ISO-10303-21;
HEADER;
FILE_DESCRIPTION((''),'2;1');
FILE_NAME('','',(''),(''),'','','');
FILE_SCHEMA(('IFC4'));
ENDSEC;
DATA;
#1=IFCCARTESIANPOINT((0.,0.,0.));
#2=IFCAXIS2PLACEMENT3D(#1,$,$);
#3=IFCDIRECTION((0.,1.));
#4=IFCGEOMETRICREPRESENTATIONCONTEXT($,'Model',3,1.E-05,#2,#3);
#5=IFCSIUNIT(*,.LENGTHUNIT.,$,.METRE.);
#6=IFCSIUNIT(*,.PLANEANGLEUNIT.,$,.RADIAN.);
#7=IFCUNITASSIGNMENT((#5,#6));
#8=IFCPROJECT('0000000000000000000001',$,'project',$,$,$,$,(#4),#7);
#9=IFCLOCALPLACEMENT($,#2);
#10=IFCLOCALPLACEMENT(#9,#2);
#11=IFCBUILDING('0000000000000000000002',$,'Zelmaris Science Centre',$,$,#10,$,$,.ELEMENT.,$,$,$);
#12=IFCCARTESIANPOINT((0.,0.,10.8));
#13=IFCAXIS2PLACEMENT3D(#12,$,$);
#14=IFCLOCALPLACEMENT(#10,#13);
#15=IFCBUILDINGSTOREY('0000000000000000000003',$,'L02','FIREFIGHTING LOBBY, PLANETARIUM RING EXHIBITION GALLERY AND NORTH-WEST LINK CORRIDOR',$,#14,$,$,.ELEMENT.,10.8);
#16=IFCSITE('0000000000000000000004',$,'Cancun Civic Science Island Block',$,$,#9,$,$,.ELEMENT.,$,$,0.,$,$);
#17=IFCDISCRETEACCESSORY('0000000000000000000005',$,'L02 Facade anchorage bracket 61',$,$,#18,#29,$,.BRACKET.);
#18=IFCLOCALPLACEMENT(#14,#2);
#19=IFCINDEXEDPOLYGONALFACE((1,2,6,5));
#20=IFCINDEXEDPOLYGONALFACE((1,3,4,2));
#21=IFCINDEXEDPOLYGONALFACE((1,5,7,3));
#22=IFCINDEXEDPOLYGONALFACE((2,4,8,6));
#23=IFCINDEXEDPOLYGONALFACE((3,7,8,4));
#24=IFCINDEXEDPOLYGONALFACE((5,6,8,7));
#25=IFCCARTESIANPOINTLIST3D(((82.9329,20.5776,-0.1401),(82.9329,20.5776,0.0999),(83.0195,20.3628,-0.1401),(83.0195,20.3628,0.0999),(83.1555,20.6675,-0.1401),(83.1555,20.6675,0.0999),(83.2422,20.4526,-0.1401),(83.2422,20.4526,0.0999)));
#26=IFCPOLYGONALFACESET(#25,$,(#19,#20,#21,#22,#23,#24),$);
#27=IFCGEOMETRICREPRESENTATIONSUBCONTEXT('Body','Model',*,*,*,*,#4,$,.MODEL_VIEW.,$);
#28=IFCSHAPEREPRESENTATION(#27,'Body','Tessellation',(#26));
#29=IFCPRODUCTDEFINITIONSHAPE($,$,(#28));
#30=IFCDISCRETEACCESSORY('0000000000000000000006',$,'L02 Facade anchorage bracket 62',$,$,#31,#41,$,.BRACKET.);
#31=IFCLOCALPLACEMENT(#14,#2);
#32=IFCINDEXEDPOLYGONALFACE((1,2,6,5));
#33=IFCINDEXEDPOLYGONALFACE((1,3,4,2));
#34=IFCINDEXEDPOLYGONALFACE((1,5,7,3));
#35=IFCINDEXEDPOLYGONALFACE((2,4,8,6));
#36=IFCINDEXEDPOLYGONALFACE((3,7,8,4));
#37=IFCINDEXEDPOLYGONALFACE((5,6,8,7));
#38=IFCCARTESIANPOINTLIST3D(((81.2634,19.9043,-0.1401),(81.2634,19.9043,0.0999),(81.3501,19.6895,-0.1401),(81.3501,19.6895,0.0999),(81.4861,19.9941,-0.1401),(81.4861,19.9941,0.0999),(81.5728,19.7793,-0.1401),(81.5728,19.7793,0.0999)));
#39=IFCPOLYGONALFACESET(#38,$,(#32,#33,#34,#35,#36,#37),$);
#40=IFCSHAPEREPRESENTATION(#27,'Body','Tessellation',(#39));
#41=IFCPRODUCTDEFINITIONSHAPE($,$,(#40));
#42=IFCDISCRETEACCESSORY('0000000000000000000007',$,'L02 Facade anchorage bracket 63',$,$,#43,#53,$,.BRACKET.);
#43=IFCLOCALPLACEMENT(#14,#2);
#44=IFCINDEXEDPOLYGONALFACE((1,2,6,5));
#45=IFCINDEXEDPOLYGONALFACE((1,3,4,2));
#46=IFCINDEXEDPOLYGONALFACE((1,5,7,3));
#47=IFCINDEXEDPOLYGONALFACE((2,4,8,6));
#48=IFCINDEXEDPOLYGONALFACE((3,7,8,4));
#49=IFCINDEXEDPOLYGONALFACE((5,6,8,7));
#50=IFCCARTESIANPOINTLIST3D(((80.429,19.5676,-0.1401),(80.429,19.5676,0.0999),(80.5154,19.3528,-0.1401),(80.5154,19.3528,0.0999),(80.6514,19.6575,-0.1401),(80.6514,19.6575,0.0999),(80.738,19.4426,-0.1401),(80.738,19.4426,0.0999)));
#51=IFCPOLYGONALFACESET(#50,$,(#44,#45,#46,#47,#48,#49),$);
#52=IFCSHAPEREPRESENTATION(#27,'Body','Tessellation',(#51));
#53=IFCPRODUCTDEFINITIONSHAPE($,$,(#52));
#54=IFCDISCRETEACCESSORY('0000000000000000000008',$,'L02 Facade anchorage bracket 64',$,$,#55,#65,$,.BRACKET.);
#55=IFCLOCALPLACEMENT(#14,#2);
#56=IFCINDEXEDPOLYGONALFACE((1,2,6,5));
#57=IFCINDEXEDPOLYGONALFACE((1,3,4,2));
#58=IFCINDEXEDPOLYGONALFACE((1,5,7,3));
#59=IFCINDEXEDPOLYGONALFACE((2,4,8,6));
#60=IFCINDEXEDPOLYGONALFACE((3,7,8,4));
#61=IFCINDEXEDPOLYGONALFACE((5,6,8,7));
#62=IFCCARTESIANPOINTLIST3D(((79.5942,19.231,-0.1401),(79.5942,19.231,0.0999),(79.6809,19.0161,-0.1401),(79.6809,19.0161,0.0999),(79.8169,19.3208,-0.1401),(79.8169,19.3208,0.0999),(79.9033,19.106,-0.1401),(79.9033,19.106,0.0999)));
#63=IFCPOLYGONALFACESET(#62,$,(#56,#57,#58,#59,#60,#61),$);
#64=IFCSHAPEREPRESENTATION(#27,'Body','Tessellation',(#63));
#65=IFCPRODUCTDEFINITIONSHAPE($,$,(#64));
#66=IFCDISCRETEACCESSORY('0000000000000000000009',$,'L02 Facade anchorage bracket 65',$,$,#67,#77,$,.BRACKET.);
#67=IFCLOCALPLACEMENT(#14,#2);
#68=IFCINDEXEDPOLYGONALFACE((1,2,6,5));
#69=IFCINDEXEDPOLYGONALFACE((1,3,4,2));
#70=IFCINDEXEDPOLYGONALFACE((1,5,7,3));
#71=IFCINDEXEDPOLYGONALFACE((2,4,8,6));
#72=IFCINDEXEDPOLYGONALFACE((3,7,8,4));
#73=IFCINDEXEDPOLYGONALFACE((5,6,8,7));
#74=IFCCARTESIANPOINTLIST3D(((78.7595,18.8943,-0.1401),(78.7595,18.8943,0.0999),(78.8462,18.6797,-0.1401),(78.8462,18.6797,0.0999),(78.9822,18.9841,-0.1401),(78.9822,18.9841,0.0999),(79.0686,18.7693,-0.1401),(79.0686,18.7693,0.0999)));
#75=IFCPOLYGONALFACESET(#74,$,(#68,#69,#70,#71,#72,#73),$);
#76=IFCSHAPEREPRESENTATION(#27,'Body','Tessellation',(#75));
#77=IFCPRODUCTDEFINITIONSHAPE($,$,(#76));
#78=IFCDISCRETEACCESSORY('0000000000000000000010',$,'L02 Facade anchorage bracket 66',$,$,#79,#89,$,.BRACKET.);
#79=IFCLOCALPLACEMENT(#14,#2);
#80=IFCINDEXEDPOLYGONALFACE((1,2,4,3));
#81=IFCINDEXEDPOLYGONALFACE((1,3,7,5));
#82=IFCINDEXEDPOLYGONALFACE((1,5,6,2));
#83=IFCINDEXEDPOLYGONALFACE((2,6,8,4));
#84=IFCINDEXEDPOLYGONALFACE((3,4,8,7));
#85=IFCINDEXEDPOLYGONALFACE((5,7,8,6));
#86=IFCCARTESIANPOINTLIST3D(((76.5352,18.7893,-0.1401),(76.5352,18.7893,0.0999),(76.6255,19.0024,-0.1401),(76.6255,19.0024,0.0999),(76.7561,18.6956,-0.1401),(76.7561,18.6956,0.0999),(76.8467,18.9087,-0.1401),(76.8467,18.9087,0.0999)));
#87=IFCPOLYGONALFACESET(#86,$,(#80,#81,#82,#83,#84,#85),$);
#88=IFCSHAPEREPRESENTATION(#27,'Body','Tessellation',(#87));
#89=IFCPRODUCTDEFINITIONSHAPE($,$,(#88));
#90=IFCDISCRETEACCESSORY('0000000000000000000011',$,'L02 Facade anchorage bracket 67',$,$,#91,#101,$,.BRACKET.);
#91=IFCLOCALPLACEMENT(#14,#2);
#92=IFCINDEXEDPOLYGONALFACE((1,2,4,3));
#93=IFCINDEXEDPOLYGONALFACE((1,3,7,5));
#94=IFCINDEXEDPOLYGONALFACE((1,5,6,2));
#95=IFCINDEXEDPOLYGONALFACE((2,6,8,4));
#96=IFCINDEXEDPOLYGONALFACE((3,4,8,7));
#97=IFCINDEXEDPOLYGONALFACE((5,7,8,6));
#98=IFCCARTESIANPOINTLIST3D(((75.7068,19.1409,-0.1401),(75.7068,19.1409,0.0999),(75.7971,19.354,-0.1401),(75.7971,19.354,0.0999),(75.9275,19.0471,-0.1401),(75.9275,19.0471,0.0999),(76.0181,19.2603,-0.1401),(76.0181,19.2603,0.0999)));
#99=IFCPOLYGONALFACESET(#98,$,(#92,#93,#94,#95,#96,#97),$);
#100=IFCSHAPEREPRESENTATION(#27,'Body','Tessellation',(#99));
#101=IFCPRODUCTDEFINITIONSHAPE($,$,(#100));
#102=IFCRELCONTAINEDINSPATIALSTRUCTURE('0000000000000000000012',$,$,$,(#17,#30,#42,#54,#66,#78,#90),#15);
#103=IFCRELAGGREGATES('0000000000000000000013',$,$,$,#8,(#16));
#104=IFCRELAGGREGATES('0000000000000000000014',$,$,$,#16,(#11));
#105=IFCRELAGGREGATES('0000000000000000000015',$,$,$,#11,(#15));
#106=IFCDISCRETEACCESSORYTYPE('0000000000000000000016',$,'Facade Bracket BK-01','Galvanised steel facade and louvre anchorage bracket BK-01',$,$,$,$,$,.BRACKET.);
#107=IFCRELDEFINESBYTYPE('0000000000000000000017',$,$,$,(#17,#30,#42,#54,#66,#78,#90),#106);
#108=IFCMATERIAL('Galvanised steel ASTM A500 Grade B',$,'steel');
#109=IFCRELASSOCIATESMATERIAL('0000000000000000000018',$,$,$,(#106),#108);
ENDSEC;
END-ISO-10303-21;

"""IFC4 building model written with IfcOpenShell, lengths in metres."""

from ifc_helpers import new_model, si_unit, direction, frame, origin, place, context, subcontext, project, spatial, polyline, outline, extrude, material, type_object, element, save


model = new_model("IFC4")

# Units and contexts
model_context = context("Model", 3, precision=1e-05, world=origin(), true_north=direction((0.0, 1.0)))
body_context = subcontext(model_context, "Body", "Model", "MODEL_VIEW")
ifc_project = project(units=[si_unit("LENGTHUNIT", "METRE"), si_unit("PLANEANGLEUNIT", "RADIAN")], contexts=[model_context])

# Site, building, storey
site_placement = place(None, origin())
site = spatial("IfcSite", under=ifc_project, at=site_placement, Name="Cancun Civic Science Island Block", CompositionType="ELEMENT", RefElevation=0.0)
building_placement = place(site_placement, origin())
building = spatial("IfcBuilding", under=site, at=building_placement, Name="Zelmaris Science Centre", CompositionType="ELEMENT")
storey_placement = place(building_placement, frame((0.0, 0.0, 10.8)))
storey = spatial("IfcBuildingStorey", under=building, at=storey_placement, Name="L02", Description="FIREFIGHTING LOBBY, PLANETARIUM RING EXHIBITION GALLERY AND NORTH-WEST LINK CORRIDOR", CompositionType="ELEMENT", Elevation=10.8)

# Discrete accessories
ifc_material_1 = material(Name="Galvanised steel ASTM A500 Grade B", Category="steel")
discrete_accessory_type = type_object("IfcDiscreteAccessoryType", Name="Facade Bracket BK-01", Description="Galvanised steel facade and louvre anchorage bracket BK-01", PredefinedType="BRACKET", material=ifc_material_1)
discrete_accessory_1_placement = place(storey_placement, frame((0.0, 0.0, -0.1401)))
element("IfcDiscreteAccessory", 1, at=discrete_accessory_1_placement, inside=storey, type_object=discrete_accessory_type, Name="L02 Facade anchorage bracket 61", PredefinedType="BRACKET", context=body_context, shape_type="SweptSolid", body=[
    extrude(outline(polyline([(83.1555, 20.6675), (82.9329, 20.5776), (83.0195, 20.3628), (83.2422, 20.4526), (83.1555, 20.6675)])), origin(), (0.0, 0.0, 1.0), 0.24),
])
discrete_accessory_2_placement = place(storey_placement, frame((0.0, 0.0, -0.1401)))
element("IfcDiscreteAccessory", 2, at=discrete_accessory_2_placement, inside=storey, type_object=discrete_accessory_type, Name="L02 Facade anchorage bracket 62", PredefinedType="BRACKET", context=body_context, shape_type="SweptSolid", body=[
    extrude(outline(polyline([(81.4861, 19.9941), (81.2634, 19.9043), (81.3501, 19.6895), (81.5728, 19.7793), (81.4861, 19.9941)])), origin(), (0.0, 0.0, 1.0), 0.24),
])
discrete_accessory_3_placement = place(storey_placement, frame((0.0, 0.0, -0.1401)))
element("IfcDiscreteAccessory", 3, at=discrete_accessory_3_placement, inside=storey, type_object=discrete_accessory_type, Name="L02 Facade anchorage bracket 63", PredefinedType="BRACKET", context=body_context, shape_type="SweptSolid", body=[
    extrude(outline(polyline([(80.6514, 19.6575), (80.429, 19.5676), (80.5154, 19.3528), (80.738, 19.4426), (80.6514, 19.6575)])), origin(), (0.0, 0.0, 1.0), 0.24),
])
discrete_accessory_4_placement = place(storey_placement, frame((0.0, 0.0, -0.1401)))
element("IfcDiscreteAccessory", 4, at=discrete_accessory_4_placement, inside=storey, type_object=discrete_accessory_type, Name="L02 Facade anchorage bracket 64", PredefinedType="BRACKET", context=body_context, shape_type="SweptSolid", body=[
    extrude(outline(polyline([(79.8169, 19.3208), (79.5942, 19.231), (79.6809, 19.0161), (79.9033, 19.106), (79.8169, 19.3208)])), origin(), (0.0, 0.0, 1.0), 0.24),
])
discrete_accessory_5_placement = place(storey_placement, frame((0.0, 0.0, -0.1401)))
element("IfcDiscreteAccessory", 5, at=discrete_accessory_5_placement, inside=storey, type_object=discrete_accessory_type, Name="L02 Facade anchorage bracket 65", PredefinedType="BRACKET", context=body_context, shape_type="SweptSolid", body=[
    extrude(outline(polyline([(78.9822, 18.9841), (78.7595, 18.8943), (78.8462, 18.6797), (79.0686, 18.7693), (78.9822, 18.9841)])), origin(), (0.0, 0.0, 1.0), 0.24),
])
discrete_accessory_6_placement = place(storey_placement, frame((0.0, 0.0, -0.1401)))
element("IfcDiscreteAccessory", 6, at=discrete_accessory_6_placement, inside=storey, type_object=discrete_accessory_type, Name="L02 Facade anchorage bracket 66", PredefinedType="BRACKET", context=body_context, shape_type="SweptSolid", body=[
    extrude(outline(polyline([(76.8467, 18.9087), (76.6255, 19.0024), (76.5352, 18.7893), (76.7561, 18.6956), (76.8467, 18.9087)])), origin(), (0.0, 0.0, 1.0), 0.24),
])
discrete_accessory_7_placement = place(storey_placement, frame((0.0, 0.0, -0.1401)))
element("IfcDiscreteAccessory", 7, at=discrete_accessory_7_placement, inside=storey, type_object=discrete_accessory_type, Name="L02 Facade anchorage bracket 67", PredefinedType="BRACKET", context=body_context, shape_type="SweptSolid", body=[
    extrude(outline(polyline([(76.0181, 19.2603), (75.7971, 19.354), (75.7068, 19.1409), (75.9275, 19.0471), (76.0181, 19.2603)])), origin(), (0.0, 0.0, 1.0), 0.24),
])

save(model, "model.ifc")
